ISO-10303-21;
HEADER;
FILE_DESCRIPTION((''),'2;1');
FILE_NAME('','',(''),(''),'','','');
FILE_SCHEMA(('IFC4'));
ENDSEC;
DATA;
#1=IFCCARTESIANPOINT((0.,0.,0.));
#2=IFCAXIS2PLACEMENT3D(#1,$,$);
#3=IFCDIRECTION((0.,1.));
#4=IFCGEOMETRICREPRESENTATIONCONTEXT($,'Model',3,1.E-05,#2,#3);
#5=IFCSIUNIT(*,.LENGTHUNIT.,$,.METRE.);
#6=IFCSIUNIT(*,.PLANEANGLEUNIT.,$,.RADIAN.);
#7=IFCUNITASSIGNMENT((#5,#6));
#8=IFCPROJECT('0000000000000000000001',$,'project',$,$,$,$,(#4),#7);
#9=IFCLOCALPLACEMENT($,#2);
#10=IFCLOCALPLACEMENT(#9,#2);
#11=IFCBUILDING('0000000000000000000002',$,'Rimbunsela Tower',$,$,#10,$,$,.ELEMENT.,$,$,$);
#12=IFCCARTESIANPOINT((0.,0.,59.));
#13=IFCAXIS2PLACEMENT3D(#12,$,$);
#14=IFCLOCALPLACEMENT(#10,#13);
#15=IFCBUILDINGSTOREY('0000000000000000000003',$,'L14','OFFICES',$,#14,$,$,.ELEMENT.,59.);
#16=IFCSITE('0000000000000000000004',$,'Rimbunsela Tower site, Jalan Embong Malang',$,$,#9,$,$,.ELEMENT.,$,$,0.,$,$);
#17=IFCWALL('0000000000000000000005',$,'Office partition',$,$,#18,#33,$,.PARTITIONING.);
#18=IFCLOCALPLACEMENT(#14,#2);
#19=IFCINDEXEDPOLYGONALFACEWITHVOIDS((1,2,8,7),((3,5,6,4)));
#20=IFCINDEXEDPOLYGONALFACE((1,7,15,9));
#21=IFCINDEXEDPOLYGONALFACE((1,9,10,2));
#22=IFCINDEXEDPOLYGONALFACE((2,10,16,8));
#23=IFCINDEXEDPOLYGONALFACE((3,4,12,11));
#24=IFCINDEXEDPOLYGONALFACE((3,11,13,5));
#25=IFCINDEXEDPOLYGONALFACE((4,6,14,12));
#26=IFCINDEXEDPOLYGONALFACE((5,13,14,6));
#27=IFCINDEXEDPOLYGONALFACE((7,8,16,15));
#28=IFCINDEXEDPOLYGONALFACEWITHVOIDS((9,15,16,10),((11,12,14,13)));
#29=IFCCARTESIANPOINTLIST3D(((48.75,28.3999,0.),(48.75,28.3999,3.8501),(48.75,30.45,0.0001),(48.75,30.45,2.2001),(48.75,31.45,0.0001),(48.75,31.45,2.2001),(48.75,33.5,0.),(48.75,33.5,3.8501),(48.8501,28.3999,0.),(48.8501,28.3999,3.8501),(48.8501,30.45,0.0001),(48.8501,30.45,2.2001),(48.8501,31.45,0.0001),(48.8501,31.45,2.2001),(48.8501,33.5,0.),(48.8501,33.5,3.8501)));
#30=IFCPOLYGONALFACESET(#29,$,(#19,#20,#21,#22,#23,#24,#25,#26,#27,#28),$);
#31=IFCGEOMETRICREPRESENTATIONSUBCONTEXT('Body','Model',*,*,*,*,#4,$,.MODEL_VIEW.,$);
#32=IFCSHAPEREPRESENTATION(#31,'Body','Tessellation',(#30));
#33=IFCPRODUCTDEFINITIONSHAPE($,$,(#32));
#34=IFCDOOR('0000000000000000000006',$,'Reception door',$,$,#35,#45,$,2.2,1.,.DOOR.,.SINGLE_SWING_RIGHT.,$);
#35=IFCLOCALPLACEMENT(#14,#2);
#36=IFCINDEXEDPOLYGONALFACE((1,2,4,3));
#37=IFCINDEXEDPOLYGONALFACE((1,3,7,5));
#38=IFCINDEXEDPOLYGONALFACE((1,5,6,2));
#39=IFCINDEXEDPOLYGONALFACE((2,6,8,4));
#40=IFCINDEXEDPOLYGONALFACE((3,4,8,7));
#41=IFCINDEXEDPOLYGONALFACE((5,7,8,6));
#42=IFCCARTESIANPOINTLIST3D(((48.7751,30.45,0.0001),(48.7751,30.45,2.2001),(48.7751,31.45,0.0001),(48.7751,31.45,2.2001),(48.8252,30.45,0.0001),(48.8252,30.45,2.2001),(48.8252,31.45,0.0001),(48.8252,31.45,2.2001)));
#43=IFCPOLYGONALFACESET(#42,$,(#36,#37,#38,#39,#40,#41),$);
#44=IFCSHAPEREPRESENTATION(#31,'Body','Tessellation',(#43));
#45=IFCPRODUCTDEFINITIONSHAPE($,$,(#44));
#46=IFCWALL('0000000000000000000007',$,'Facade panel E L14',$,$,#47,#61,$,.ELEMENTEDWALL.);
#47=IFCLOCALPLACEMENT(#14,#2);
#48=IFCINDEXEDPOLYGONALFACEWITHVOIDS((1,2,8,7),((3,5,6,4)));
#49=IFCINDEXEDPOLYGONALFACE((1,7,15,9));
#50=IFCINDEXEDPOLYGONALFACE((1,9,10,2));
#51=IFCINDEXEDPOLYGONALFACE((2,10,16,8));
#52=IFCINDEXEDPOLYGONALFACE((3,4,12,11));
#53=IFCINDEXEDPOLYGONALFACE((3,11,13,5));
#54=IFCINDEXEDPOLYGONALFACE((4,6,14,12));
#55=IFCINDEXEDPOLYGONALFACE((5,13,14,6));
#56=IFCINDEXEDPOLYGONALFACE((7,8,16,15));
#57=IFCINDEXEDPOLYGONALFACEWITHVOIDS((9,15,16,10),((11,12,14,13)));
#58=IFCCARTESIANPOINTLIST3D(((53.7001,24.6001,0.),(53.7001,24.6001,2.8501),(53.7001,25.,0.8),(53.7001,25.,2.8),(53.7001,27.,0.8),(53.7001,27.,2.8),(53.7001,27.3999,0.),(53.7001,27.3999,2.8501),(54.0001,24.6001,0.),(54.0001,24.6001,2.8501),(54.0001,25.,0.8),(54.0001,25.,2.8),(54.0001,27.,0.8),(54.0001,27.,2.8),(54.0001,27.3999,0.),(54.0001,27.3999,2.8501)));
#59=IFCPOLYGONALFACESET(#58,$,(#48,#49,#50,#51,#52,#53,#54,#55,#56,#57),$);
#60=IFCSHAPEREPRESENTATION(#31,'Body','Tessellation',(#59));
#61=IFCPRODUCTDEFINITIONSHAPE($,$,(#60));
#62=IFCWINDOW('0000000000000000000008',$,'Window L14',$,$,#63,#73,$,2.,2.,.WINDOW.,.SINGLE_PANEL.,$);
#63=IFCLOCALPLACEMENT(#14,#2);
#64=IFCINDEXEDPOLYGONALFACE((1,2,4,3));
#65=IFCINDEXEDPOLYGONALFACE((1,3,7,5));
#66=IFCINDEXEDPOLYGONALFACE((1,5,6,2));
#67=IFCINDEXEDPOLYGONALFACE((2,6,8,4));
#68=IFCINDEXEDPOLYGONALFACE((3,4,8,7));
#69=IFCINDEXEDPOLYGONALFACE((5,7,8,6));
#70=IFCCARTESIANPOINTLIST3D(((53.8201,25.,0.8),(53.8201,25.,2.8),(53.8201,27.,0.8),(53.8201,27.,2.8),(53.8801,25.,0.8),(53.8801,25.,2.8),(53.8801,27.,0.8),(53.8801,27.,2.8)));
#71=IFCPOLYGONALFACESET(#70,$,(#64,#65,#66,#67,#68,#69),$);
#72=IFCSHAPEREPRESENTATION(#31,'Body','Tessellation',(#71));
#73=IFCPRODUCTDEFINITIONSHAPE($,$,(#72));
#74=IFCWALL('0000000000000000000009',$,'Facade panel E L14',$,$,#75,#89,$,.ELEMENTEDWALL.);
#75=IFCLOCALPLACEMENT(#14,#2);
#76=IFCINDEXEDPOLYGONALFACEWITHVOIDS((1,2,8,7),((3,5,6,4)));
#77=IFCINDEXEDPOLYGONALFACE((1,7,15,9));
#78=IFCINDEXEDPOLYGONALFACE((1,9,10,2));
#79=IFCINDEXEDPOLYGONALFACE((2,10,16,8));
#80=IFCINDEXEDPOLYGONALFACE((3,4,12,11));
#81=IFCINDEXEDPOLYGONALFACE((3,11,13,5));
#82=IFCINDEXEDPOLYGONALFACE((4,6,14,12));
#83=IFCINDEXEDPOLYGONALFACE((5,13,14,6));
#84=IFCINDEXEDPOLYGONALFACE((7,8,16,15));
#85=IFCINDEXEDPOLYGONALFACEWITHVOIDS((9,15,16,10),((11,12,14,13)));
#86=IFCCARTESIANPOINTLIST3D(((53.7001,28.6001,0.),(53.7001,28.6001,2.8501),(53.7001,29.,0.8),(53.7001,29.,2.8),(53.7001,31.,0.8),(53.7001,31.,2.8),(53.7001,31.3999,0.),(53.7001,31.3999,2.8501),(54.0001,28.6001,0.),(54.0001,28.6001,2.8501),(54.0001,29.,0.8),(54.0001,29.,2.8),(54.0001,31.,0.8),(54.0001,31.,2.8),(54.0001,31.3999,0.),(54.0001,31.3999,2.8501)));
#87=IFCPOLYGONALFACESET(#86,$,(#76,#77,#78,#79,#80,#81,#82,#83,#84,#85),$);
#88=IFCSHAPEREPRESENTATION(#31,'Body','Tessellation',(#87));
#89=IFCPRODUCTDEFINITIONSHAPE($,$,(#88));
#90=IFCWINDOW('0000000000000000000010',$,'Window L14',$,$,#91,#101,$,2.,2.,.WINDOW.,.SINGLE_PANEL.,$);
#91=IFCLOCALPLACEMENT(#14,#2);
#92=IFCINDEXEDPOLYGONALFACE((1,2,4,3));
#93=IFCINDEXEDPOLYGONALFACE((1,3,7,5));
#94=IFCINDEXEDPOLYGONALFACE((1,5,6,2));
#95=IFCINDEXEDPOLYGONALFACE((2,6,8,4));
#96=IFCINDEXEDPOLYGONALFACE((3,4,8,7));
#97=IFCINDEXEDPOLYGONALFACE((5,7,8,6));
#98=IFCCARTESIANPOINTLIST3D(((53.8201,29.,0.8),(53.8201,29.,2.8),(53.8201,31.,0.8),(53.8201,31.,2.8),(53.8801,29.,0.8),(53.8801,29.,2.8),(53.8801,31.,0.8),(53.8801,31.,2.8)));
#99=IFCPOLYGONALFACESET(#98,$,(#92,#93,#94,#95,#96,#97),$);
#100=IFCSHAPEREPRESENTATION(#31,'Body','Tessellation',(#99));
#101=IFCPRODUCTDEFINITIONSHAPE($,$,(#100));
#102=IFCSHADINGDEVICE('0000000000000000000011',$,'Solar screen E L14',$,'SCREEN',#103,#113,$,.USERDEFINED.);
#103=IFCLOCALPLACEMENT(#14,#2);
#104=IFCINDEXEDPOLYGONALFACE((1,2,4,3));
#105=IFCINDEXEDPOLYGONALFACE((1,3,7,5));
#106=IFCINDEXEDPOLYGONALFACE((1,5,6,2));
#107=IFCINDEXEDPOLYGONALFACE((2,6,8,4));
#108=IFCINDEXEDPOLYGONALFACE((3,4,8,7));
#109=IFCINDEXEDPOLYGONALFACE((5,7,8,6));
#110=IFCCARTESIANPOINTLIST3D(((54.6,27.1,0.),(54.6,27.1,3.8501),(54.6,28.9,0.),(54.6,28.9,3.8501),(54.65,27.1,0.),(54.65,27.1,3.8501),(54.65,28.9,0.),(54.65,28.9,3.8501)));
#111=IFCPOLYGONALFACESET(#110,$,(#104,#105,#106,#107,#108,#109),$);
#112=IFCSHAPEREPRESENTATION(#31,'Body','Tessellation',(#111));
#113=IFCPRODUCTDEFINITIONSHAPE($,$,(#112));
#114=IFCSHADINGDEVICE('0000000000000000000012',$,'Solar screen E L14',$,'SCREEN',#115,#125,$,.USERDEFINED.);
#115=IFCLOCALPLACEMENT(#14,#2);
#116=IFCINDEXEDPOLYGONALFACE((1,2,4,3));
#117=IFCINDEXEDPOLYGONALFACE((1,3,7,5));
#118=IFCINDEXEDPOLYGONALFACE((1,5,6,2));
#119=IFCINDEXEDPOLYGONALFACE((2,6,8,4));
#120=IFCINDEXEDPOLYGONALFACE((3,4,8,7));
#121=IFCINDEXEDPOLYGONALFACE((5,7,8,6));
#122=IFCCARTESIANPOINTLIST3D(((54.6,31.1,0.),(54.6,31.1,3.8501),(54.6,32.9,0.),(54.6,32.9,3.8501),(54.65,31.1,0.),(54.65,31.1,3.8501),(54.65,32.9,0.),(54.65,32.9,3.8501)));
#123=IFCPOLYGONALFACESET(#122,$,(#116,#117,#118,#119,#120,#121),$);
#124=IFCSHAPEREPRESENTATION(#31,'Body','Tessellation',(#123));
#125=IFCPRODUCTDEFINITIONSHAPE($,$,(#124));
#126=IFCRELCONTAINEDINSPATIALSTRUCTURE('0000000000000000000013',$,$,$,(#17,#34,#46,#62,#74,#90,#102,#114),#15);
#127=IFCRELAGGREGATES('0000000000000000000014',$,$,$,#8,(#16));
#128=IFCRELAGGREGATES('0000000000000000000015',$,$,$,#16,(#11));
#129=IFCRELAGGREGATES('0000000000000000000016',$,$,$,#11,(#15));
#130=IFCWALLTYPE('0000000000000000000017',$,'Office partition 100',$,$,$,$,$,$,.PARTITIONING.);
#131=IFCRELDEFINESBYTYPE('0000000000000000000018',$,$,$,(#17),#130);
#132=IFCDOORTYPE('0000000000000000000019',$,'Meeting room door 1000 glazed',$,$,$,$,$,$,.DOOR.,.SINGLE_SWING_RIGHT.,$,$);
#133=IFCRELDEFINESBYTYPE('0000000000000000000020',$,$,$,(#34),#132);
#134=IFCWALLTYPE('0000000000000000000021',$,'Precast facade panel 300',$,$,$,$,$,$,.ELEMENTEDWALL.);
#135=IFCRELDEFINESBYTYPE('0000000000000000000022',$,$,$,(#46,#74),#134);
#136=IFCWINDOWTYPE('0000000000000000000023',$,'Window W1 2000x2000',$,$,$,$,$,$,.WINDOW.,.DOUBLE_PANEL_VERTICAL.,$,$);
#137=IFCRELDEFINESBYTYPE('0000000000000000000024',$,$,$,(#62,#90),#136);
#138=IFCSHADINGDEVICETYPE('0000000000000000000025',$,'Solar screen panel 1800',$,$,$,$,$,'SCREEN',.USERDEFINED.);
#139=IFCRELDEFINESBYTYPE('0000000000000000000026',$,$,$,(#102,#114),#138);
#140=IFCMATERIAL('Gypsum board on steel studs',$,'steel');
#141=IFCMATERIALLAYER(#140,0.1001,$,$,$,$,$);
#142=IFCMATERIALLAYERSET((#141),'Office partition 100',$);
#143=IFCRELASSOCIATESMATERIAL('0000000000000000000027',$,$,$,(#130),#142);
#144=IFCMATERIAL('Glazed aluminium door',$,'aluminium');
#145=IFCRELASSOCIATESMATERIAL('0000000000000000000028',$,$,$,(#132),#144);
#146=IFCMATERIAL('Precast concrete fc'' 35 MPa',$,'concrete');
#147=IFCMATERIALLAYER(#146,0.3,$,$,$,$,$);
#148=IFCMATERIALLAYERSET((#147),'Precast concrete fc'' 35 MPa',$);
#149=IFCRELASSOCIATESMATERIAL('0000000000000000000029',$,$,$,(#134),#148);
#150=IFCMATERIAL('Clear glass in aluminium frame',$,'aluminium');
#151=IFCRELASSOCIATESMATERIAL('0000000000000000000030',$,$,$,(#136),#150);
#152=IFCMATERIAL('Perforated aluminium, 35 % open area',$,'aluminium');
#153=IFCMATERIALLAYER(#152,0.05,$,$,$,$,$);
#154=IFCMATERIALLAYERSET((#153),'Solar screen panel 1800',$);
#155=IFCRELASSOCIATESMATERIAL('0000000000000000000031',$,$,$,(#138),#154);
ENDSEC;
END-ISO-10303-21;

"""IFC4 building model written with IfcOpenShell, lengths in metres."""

from ifc_helpers import new_model, si_unit, direction, frame, frame_2d, origin, origin_2d, place, context, subcontext, project, spatial, rectangle, extrude, material, layer, layer_set, type_object, element, fill, save


model = new_model("IFC4")

# Units and contexts
model_context = context("Model", 3, precision=1e-05, world=origin(), true_north=direction((0.0, 1.0)))
body_context = subcontext(model_context, "Body", "Model", "MODEL_VIEW")
ifc_project = project(units=[si_unit("LENGTHUNIT", "METRE"), si_unit("PLANEANGLEUNIT", "RADIAN")], contexts=[model_context])

# Site, building, storey
site_placement = place(None, origin())
site = spatial("IfcSite", under=ifc_project, at=site_placement, Name="Rimbunsela Tower site, Jalan Embong Malang", CompositionType="ELEMENT", RefElevation=0.0)
building_placement = place(site_placement, origin())
building = spatial("IfcBuilding", under=site, at=building_placement, Name="Rimbunsela Tower", CompositionType="ELEMENT")
storey_placement = place(building_placement, frame((0.0, 0.0, 59.0)))
storey = spatial("IfcBuildingStorey", under=building, at=storey_placement, Name="L14", Description="OFFICES", CompositionType="ELEMENT", Elevation=59.0)

# Shared definitions
ifc_material_1 = material(Name="Gypsum board on steel studs", Category="steel")
ifc_layer_1 = layer(ifc_material_1, 0.1001)
ifc_layer_set_1 = layer_set([ifc_layer_1], Name="Office partition 100")
wall_type_1 = type_object("IfcWallType", Name="Office partition 100", PredefinedType="PARTITIONING", material=ifc_layer_set_1)

# Wall, opening, door
wall_1_placement = place(storey_placement, frame((48.8, 28.3999, 0.0), z_axis=(0.0, 0.0, 1.0), x_axis=(0.0, 1.0, 0.0)))
wall_1 = element("IfcWall", 1, at=wall_1_placement, inside=storey, type_object=wall_type_1, Name="Office partition", PredefinedType="PARTITIONING", context=body_context, shape_type="SweptSolid", body=[
    extrude(rectangle(XDim=5.1001, YDim=0.1001, at=frame_2d((2.55, 0.0))), origin(), (0.0, 0.0, 1.0), 3.8501),
])
opening_1_placement = place(wall_1_placement, frame((2.05, 0.0, 0.0)))
opening_1 = element("IfcOpeningElement", 2, at=opening_1_placement, cuts=wall_1, PredefinedType="OPENING", context=body_context, shape_type="SweptSolid", body=[
    extrude(rectangle(XDim=1.0, YDim=2.2, at=frame_2d((0.5, 1.1001))), frame((0.0, 0.0601, 0.0), z_axis=(0.0, -1.0, 0.0), x_axis=(1.0, 0.0, 0.0)), (0.0, 0.0, 1.0), 0.1201),
])
ifc_material_2 = material(Name="Glazed aluminium door", Category="aluminium")
door_type = type_object("IfcDoorType", Name="Meeting room door 1000 glazed", OperationType="SINGLE_SWING_RIGHT", PredefinedType="DOOR", material=ifc_material_2)
door_placement = place(opening_1_placement, origin())
door = element("IfcDoor", 3, at=door_placement, inside=storey, type_object=door_type, Name="Reception door", OperationType="SINGLE_SWING_RIGHT", OverallHeight=2.2, OverallWidth=1.0, PredefinedType="DOOR", context=body_context, shape_type="SweptSolid", body=[
    extrude(rectangle(XDim=1.0, YDim=2.2, at=frame_2d((0.5, 1.1001))), frame((0.0, 0.0249, 0.0), z_axis=(0.0, -1.0, 0.0), x_axis=(1.0, 0.0, 0.0)), (0.0, 0.0, 1.0), 0.05),
])
fill(opening_1, door)

# Walls, openings, windows
ifc_material_3 = material(Name="Precast concrete fc' 35 MPa", Category="concrete")
ifc_layer_2 = layer(ifc_material_3, 0.3)
ifc_layer_set_2 = layer_set([ifc_layer_2], Name="Precast concrete fc' 35 MPa")
wall_type_2 = type_object("IfcWallType", Name="Precast facade panel 300", PredefinedType="ELEMENTEDWALL", material=ifc_layer_set_2)
wall_2_placement = place(storey_placement, frame((53.8501, 24.6001, 0.0), z_axis=(0.0, 0.0, 1.0), x_axis=(0.0, 1.0, 0.0)))
wall_2 = element("IfcWall", 4, at=wall_2_placement, inside=storey, type_object=wall_type_2, Name="Facade panel E L14", PredefinedType="ELEMENTEDWALL", context=body_context, shape_type="SweptSolid", body=[
    extrude(rectangle(XDim=2.7998, YDim=0.3, at=frame_2d((1.3999, 0.0))), origin(), (0.0, 0.0, 1.0), 2.8501),
])
opening_2_placement = place(wall_2_placement, frame((0.3999, 0.0, 0.8)))
opening_2 = element("IfcOpeningElement", 5, at=opening_2_placement, cuts=wall_2, PredefinedType="OPENING", context=body_context, shape_type="SweptSolid", body=[
    extrude(rectangle(XDim=2.0, YDim=2.0, at=frame_2d((1.0, 1.0))), frame((0.0, 0.1599, 0.0), z_axis=(0.0, -1.0, 0.0), x_axis=(1.0, 0.0, 0.0)), (0.0, 0.0, 1.0), 0.3201),
])
ifc_material_4 = material(Name="Clear glass in aluminium frame", Category="aluminium")
window_type = type_object("IfcWindowType", Name="Window W1 2000x2000", PartitioningType="DOUBLE_PANEL_VERTICAL", PredefinedType="WINDOW", material=ifc_material_4)
window_1_placement = place(opening_2_placement, origin())
window_1 = element("IfcWindow", 6, at=window_1_placement, inside=storey, type_object=window_type, Name="Window L14", OverallHeight=2.0, OverallWidth=2.0, PartitioningType="SINGLE_PANEL", PredefinedType="WINDOW", context=body_context, shape_type="SweptSolid", body=[
    extrude(rectangle(XDim=2.0, YDim=2.0, at=frame_2d((1.0, 1.0))), frame((0.0, 0.03, 0.0), z_axis=(0.0, -1.0, 0.0), x_axis=(1.0, 0.0, 0.0)), (0.0, 0.0, 1.0), 0.0601),
])
fill(opening_2, window_1)
wall_3_placement = place(storey_placement, frame((53.8501, 28.6001, 0.0), z_axis=(0.0, 0.0, 1.0), x_axis=(0.0, 1.0, 0.0)))
wall_3 = element("IfcWall", 7, at=wall_3_placement, inside=storey, type_object=wall_type_2, Name="Facade panel E L14", PredefinedType="ELEMENTEDWALL", context=body_context, shape_type="SweptSolid", body=[
    extrude(rectangle(XDim=2.7998, YDim=0.3, at=frame_2d((1.3999, 0.0))), origin(), (0.0, 0.0, 1.0), 2.8501),
])
opening_3_placement = place(wall_3_placement, frame((0.3999, 0.0, 0.8)))
opening_3 = element("IfcOpeningElement", 8, at=opening_3_placement, cuts=wall_3, PredefinedType="OPENING", context=body_context, shape_type="SweptSolid", body=[
    extrude(rectangle(XDim=2.0, YDim=2.0, at=frame_2d((1.0, 1.0))), frame((0.0, 0.1599, 0.0), z_axis=(0.0, -1.0, 0.0), x_axis=(1.0, 0.0, 0.0)), (0.0, 0.0, 1.0), 0.3201),
])
window_2_placement = place(opening_3_placement, origin())
window_2 = element("IfcWindow", 9, at=window_2_placement, inside=storey, type_object=window_type, Name="Window L14", OverallHeight=2.0, OverallWidth=2.0, PartitioningType="SINGLE_PANEL", PredefinedType="WINDOW", context=body_context, shape_type="SweptSolid", body=[
    extrude(rectangle(XDim=2.0, YDim=2.0, at=frame_2d((1.0, 1.0))), frame((0.0, 0.03, 0.0), z_axis=(0.0, -1.0, 0.0), x_axis=(1.0, 0.0, 0.0)), (0.0, 0.0, 1.0), 0.0601),
])
fill(opening_3, window_2)

# Shading devices
ifc_material_5 = material(Name="Perforated aluminium, 35 % open area", Category="aluminium")
ifc_layer_3 = layer(ifc_material_5, 0.05)
ifc_layer_set_3 = layer_set([ifc_layer_3], Name="Solar screen panel 1800")
shading_device_type = type_object("IfcShadingDeviceType", Name="Solar screen panel 1800", ElementType="SCREEN", PredefinedType="USERDEFINED", material=ifc_layer_set_3)
for number, where, z_axis, x_axis, name in (
    (10, (54.625, 28.0, 0.0), (0.0, 0.0, 1.0), (0.0, 1.0, 0.0), "Solar screen E L14"),
    (11, (54.625, 32.0, 0.0), (0.0, 0.0, 1.0), (0.0, 1.0, 0.0), "Solar screen E L14"),
):
    element("IfcShadingDevice", number, at=place(storey_placement, frame(where, z_axis=z_axis, x_axis=x_axis)), inside=storey, type_object=shading_device_type, Name=name, ObjectType="SCREEN", PredefinedType="USERDEFINED", context=body_context, shape_type="SweptSolid", body=[
        extrude(rectangle(XDim=1.8, YDim=0.05, at=origin_2d()), origin(), (0.0, 0.0, 1.0), 3.8501),
    ])

save(model, "model.ifc")
